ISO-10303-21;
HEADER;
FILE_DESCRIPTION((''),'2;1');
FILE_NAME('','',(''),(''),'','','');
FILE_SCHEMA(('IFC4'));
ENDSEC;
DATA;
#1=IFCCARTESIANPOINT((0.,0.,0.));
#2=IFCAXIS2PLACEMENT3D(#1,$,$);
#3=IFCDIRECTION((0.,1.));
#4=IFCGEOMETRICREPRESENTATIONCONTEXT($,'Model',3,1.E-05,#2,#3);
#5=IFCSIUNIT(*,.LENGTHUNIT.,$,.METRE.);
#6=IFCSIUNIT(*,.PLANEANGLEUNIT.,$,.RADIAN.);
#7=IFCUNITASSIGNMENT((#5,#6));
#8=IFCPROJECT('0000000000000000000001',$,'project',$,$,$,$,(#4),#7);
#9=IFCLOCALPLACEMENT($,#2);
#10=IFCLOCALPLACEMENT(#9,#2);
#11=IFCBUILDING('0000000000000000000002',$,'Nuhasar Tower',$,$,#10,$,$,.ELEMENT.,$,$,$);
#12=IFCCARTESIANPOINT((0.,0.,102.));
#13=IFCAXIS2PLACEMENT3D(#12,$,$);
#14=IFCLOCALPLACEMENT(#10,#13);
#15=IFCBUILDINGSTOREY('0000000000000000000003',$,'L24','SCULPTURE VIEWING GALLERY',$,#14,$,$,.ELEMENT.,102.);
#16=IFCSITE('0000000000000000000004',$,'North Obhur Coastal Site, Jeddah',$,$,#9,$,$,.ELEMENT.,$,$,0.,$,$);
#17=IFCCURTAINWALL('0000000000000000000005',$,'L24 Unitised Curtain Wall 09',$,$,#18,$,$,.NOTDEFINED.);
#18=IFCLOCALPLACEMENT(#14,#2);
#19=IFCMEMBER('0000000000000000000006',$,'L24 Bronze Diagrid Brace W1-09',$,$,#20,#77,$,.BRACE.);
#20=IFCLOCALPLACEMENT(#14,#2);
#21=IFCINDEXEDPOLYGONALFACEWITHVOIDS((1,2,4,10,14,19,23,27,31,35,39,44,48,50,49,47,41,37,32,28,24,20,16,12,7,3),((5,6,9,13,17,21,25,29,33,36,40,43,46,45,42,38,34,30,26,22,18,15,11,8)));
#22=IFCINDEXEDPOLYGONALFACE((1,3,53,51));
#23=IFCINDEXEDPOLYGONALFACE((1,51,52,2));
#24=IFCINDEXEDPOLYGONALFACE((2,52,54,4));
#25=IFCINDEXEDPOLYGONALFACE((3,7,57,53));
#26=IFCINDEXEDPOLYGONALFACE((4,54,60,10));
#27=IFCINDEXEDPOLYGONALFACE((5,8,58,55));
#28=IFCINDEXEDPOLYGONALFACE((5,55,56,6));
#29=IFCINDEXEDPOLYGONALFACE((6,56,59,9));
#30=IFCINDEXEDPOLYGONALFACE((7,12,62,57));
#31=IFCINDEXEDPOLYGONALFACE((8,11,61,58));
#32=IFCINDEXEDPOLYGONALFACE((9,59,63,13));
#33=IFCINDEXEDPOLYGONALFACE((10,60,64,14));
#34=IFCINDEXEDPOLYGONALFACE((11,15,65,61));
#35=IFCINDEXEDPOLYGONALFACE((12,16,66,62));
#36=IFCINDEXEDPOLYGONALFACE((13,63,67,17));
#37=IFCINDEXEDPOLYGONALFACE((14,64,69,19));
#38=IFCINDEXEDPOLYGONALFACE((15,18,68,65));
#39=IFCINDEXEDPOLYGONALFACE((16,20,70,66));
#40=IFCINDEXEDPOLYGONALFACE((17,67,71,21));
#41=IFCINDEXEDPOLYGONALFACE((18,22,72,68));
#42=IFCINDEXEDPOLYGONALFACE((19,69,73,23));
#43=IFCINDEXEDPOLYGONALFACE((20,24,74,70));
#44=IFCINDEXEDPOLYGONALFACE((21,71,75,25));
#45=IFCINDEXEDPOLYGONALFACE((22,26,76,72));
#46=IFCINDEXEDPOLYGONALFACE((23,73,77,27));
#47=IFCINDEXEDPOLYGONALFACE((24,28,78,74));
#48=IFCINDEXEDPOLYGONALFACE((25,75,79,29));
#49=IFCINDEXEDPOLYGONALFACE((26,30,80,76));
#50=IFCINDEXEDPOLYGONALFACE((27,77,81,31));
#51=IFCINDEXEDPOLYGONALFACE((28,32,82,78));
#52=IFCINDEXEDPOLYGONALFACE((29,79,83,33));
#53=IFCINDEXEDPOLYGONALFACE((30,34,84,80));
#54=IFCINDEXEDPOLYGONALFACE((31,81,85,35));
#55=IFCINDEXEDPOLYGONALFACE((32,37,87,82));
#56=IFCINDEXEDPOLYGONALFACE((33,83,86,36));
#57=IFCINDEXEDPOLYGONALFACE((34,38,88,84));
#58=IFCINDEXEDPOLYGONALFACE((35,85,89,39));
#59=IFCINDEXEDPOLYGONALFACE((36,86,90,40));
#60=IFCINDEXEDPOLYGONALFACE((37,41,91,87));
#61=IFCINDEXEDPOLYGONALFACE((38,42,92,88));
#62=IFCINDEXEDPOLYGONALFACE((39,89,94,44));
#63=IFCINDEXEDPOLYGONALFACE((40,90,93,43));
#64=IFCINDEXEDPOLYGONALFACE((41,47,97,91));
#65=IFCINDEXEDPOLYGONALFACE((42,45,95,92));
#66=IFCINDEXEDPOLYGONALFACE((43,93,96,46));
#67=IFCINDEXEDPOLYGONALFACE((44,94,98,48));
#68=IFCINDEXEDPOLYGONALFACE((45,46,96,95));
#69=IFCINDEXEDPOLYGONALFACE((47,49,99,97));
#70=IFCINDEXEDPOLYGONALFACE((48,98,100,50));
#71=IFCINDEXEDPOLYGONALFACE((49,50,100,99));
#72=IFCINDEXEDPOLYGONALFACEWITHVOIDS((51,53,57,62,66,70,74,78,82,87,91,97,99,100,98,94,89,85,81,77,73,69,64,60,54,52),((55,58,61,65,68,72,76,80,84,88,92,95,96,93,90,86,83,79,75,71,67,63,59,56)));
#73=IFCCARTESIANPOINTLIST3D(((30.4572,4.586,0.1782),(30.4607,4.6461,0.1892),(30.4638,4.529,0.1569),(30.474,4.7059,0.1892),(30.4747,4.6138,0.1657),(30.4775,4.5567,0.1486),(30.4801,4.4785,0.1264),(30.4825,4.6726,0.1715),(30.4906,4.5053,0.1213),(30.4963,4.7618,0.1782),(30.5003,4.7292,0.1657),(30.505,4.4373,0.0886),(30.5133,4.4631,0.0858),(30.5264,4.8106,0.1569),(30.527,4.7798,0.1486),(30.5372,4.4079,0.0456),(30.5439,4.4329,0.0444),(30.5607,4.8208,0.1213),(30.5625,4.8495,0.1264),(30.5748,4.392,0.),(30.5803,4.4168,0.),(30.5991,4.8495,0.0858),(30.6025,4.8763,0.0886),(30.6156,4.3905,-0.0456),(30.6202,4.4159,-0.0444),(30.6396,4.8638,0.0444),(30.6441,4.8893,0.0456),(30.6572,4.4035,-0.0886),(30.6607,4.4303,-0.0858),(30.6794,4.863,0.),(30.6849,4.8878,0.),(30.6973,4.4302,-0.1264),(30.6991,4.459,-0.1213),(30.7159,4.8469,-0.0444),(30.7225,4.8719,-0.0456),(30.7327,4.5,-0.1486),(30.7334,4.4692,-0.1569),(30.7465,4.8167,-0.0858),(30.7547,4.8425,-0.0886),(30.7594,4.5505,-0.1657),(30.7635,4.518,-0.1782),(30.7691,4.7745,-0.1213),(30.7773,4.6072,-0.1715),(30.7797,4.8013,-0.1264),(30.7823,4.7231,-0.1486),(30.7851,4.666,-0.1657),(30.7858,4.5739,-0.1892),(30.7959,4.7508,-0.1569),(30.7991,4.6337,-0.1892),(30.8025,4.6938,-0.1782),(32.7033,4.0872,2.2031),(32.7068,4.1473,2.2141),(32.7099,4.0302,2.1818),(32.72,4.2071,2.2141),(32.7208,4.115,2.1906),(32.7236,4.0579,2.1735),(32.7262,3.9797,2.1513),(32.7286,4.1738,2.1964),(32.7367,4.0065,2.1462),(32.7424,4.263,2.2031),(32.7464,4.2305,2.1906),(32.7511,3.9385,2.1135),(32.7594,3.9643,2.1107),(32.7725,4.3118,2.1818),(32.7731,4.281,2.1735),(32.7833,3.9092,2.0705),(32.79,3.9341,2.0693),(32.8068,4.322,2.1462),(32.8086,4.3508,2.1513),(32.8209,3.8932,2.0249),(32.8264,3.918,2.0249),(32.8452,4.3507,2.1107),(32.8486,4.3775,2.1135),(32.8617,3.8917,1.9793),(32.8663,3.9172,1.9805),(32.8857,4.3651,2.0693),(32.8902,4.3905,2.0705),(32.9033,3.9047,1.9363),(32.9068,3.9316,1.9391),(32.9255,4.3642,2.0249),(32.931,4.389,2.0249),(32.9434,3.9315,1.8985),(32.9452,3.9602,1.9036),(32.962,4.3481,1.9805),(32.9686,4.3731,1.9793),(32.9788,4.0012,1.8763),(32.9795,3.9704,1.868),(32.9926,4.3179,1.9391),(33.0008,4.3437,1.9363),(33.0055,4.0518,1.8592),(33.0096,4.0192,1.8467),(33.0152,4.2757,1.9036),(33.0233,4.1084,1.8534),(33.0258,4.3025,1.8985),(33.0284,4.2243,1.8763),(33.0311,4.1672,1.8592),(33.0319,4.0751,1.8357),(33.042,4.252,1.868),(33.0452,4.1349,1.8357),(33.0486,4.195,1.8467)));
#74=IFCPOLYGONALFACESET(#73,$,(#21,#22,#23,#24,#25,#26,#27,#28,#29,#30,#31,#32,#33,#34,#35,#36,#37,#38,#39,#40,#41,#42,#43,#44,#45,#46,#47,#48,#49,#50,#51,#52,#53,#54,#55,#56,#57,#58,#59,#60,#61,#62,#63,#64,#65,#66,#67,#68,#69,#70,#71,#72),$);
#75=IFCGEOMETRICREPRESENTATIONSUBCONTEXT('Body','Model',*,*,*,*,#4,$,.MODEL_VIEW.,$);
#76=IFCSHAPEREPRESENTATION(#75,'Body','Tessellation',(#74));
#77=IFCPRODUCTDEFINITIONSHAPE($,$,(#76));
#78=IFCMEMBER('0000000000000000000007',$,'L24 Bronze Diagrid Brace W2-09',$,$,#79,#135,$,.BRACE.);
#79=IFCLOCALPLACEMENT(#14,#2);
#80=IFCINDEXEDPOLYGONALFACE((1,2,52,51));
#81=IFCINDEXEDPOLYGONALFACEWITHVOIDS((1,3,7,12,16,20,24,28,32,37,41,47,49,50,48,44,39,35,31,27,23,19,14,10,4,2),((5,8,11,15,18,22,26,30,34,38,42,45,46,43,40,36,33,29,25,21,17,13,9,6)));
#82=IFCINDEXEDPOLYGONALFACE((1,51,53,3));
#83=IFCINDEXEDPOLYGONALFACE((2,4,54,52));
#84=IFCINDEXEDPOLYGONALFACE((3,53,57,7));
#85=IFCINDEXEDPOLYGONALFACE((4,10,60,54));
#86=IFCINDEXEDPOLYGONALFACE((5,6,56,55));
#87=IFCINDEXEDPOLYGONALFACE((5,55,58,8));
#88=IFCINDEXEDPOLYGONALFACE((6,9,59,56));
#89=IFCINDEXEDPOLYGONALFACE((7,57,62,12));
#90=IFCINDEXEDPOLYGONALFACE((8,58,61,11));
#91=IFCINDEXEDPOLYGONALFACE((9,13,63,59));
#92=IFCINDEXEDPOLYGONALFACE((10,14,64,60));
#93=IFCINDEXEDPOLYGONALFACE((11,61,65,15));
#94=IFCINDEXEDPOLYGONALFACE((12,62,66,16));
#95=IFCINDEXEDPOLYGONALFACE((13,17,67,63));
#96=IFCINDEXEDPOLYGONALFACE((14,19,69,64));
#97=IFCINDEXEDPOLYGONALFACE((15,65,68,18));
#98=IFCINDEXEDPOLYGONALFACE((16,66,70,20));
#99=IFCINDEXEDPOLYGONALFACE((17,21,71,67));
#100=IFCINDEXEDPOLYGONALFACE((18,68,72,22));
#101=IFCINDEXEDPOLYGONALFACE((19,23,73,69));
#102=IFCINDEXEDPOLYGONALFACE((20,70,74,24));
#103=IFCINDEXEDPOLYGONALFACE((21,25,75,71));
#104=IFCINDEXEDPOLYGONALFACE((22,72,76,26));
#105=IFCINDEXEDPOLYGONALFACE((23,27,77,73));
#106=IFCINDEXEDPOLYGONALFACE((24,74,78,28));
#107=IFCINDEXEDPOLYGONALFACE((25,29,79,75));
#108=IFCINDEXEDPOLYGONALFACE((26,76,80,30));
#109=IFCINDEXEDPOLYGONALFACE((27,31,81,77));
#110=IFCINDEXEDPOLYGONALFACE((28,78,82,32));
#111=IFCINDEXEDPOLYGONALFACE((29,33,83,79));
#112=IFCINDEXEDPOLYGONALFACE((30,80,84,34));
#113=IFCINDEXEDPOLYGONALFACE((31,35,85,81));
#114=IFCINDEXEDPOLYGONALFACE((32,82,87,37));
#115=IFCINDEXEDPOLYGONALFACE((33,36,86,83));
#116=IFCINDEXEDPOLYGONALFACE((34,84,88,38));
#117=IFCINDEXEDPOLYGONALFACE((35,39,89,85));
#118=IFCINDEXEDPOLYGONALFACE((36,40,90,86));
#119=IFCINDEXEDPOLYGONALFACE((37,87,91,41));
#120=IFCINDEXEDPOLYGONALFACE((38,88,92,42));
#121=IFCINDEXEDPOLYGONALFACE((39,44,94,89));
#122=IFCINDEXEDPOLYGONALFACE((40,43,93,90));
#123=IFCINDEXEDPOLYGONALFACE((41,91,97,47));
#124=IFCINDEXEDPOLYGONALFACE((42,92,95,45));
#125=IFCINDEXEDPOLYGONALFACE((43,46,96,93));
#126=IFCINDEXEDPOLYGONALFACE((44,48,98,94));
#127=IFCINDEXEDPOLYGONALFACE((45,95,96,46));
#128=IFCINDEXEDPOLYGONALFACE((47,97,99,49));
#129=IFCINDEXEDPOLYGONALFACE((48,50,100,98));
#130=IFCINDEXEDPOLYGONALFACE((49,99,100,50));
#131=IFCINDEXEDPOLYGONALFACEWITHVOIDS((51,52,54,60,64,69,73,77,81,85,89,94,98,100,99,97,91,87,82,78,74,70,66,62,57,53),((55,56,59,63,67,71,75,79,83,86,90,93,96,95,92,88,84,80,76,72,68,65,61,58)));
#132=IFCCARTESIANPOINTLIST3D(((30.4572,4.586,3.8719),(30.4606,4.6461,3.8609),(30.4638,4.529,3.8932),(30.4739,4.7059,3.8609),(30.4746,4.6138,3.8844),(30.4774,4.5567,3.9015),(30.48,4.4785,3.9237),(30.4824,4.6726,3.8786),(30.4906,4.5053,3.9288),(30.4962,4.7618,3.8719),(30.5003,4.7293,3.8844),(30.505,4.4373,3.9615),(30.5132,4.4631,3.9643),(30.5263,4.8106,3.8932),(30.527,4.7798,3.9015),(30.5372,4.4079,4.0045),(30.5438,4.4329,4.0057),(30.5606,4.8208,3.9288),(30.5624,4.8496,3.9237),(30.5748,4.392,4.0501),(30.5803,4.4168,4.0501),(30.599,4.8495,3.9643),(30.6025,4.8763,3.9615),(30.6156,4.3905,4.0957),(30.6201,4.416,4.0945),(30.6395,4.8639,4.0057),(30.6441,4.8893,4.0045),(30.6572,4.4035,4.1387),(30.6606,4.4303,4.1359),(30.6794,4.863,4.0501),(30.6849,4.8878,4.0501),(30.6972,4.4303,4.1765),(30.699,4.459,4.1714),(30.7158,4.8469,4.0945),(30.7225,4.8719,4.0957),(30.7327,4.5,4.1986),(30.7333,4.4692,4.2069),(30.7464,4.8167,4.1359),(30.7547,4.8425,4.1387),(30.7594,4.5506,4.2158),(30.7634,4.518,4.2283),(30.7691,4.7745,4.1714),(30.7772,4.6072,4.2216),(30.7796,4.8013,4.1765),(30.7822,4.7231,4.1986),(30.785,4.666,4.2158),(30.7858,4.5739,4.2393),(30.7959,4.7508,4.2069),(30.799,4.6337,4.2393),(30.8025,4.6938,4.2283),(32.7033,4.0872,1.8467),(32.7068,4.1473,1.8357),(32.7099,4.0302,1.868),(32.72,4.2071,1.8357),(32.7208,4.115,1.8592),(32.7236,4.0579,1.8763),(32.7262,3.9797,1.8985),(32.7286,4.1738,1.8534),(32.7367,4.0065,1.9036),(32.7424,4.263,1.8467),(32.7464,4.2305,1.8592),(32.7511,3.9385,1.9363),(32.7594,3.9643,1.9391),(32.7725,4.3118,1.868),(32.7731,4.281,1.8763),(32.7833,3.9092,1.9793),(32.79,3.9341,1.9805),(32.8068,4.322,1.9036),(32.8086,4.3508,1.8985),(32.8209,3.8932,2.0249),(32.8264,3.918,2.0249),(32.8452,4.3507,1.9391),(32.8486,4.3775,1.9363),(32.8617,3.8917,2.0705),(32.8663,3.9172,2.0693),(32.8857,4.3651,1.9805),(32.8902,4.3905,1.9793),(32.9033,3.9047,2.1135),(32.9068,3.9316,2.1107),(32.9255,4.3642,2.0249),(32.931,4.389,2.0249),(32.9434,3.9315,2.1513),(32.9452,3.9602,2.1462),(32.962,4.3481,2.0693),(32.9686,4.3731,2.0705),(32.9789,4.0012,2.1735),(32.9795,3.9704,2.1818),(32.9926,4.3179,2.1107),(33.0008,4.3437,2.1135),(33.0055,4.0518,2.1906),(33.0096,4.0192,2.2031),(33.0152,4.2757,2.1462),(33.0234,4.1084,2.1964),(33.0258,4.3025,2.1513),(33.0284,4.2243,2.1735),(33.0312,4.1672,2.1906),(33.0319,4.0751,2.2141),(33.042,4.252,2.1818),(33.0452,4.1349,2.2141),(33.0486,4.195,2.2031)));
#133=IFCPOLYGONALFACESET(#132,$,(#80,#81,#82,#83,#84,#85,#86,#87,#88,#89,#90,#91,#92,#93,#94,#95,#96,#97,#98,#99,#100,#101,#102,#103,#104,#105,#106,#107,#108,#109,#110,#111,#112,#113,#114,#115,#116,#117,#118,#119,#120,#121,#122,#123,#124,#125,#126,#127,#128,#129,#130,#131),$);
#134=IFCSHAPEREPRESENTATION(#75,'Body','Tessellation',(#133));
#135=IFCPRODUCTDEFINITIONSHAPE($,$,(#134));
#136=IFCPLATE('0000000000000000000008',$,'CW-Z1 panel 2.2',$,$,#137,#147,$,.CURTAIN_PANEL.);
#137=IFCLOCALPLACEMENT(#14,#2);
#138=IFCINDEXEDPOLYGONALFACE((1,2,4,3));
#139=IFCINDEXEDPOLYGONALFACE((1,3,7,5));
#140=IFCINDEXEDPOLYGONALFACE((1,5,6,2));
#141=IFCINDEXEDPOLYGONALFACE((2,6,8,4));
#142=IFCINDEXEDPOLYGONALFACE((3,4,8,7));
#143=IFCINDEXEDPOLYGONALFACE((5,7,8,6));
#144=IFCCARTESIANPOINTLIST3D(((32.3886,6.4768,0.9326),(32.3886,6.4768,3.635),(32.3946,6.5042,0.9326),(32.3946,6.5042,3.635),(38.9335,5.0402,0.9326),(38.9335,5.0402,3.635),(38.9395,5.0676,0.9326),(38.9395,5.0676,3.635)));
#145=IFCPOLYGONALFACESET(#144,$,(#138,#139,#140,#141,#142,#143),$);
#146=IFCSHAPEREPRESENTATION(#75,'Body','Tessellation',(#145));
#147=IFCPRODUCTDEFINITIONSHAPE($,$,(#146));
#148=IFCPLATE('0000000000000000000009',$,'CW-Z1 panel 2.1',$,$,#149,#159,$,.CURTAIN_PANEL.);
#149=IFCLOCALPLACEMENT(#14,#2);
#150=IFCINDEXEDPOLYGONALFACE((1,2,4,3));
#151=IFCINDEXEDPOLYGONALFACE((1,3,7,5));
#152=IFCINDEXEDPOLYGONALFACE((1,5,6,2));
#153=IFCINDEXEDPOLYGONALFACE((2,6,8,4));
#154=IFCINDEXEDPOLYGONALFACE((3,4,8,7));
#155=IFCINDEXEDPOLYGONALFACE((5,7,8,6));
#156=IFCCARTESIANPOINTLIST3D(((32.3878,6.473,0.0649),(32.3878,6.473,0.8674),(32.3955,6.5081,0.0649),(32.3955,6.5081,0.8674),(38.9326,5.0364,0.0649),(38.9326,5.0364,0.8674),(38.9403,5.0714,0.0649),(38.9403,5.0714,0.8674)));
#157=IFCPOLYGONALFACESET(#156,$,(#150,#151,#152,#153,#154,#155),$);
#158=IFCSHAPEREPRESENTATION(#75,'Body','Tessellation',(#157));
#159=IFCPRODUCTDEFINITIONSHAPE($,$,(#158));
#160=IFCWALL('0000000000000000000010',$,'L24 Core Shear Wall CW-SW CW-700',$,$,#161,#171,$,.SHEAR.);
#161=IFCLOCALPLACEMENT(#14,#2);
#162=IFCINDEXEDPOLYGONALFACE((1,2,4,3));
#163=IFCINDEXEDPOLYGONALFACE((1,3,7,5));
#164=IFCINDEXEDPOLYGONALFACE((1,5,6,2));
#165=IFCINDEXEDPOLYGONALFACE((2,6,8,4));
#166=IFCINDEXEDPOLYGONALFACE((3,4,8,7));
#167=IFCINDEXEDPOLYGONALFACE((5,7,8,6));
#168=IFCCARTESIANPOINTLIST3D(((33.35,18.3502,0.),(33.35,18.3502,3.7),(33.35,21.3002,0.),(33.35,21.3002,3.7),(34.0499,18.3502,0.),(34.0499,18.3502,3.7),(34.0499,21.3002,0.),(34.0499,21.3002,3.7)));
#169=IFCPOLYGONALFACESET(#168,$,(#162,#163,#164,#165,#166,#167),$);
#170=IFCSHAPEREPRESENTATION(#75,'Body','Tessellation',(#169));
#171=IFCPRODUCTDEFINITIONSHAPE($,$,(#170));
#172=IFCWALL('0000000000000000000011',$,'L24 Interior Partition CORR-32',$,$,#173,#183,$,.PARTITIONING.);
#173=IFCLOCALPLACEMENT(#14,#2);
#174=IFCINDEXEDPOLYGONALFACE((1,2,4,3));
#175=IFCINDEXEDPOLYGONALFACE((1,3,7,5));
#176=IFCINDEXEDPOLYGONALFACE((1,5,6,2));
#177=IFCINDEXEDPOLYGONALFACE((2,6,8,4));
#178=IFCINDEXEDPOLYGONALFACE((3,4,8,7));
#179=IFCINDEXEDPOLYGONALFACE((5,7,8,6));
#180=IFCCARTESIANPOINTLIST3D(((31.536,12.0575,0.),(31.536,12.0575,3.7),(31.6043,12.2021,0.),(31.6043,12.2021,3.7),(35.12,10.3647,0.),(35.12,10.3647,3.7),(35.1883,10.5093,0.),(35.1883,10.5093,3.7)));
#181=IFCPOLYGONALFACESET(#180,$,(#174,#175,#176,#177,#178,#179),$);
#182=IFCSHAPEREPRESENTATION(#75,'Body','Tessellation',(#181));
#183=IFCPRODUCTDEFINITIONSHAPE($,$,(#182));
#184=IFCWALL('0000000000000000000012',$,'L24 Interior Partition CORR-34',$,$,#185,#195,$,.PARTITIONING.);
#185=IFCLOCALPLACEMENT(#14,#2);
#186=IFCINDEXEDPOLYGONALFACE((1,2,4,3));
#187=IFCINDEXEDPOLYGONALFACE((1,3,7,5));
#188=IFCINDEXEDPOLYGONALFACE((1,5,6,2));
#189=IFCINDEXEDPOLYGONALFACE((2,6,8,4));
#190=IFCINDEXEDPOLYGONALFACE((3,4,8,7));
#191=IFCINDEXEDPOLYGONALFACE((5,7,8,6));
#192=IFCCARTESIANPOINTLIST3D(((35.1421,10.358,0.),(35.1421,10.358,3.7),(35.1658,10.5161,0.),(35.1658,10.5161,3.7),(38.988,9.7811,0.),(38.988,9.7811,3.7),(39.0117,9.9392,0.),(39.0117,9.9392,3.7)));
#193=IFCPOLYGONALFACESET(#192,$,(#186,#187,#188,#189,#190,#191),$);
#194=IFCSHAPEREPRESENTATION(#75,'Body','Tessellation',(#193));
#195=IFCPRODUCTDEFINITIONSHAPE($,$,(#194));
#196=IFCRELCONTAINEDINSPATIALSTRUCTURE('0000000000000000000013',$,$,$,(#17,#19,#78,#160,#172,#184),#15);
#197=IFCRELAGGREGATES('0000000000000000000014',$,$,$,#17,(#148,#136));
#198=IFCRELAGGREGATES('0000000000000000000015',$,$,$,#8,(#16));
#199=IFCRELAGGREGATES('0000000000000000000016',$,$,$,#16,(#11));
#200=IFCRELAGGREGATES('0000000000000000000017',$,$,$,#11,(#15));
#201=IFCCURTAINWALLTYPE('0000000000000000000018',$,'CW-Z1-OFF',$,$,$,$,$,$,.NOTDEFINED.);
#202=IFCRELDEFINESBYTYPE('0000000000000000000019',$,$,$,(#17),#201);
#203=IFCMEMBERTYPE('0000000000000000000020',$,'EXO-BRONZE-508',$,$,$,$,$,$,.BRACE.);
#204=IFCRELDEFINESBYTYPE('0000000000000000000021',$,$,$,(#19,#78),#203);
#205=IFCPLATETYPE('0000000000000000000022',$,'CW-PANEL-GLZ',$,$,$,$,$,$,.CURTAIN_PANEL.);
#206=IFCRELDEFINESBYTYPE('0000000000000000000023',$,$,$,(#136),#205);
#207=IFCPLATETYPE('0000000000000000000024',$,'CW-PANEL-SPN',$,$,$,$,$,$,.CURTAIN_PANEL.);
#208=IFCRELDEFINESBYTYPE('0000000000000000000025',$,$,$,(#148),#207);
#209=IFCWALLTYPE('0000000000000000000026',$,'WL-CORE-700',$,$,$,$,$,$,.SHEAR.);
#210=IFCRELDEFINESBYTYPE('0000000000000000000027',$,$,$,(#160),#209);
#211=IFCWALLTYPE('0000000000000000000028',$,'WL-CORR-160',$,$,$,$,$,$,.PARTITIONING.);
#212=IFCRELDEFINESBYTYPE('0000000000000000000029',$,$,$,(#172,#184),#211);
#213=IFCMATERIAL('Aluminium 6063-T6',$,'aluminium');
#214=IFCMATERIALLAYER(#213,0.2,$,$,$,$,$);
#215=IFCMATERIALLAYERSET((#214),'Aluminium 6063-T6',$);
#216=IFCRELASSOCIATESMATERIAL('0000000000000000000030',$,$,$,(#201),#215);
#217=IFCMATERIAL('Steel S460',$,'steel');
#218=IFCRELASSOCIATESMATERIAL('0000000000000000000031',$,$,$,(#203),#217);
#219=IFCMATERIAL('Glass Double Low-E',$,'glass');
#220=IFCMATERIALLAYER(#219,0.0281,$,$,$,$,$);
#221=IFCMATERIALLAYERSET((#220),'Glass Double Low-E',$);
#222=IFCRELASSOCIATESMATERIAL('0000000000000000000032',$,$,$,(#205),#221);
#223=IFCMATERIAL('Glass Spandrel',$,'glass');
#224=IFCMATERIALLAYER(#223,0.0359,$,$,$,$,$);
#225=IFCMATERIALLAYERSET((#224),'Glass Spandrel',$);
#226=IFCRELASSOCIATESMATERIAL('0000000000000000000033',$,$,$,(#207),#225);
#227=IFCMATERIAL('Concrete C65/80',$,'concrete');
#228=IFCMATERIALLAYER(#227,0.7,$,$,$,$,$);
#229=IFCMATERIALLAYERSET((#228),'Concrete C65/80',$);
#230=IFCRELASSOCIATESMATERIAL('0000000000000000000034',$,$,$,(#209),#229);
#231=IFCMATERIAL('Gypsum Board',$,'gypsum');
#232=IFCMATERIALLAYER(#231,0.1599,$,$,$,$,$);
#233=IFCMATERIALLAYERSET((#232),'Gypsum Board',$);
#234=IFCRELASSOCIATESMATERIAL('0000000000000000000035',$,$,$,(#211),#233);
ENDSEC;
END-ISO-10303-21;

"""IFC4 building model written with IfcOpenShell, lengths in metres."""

from ifc_helpers import new_model, si_unit, direction, frame, frame_2d, origin, origin_2d, place, context, subcontext, project, spatial, rectangle, hollow_circle, extrude, material, layer, layer_set, material_profile, profile_set, type_object, element, aggregate, save


model = new_model("IFC4")

# Units and contexts
model_context = context("Model", 3, precision=1e-05, world=origin(), true_north=direction((0.0, 1.0)))
body_context = subcontext(model_context, "Body", "Model", "MODEL_VIEW")
ifc_project = project(units=[si_unit("LENGTHUNIT", "METRE"), si_unit("PLANEANGLEUNIT", "RADIAN")], contexts=[model_context])

# Site, building, storey
site_placement = place(None, origin())
site = spatial("IfcSite", under=ifc_project, at=site_placement, Name="North Obhur Coastal Site, Jeddah", CompositionType="ELEMENT", RefElevation=0.0)
building_placement = place(site_placement, origin())
building = spatial("IfcBuilding", under=site, at=building_placement, Name="Nuhasar Tower", CompositionType="ELEMENT")
storey_placement = place(building_placement, frame((0.0, 0.0, 102.0)))
storey = spatial("IfcBuildingStorey", under=building, at=storey_placement, Name="L24", Description="SCULPTURE VIEWING GALLERY", CompositionType="ELEMENT", Elevation=102.0)

# Curtain wall
ifc_material_1 = material(Name="Aluminium 6063-T6", Category="aluminium")
ifc_layer_1 = layer(ifc_material_1, 0.2)
ifc_layer_set_1 = layer_set([ifc_layer_1], Name="Aluminium 6063-T6")
curtain_wall_type = type_object("IfcCurtainWallType", Name="CW-Z1-OFF", PredefinedType="NOTDEFINED", material=ifc_layer_set_1)
curtain_wall_placement = place(storey_placement, origin())
curtain_wall = element("IfcCurtainWall", 1, at=curtain_wall_placement, inside=storey, type_object=curtain_wall_type, Name="L24 Unitised Curtain Wall 09", PredefinedType="NOTDEFINED")

# Members
ifc_material_2 = material(Name="Steel S460", Category="steel")
ifc_material_profile_1 = material_profile(ifc_material_2, hollow_circle(Radius=0.2539, WallThickness=0.0254, at=origin_2d()), Name="HSS508X25.4")
ifc_profile_set_1 = profile_set([ifc_material_profile_1], Name="Steel S460")
member_type_1 = type_object("IfcMemberType", Name="EXO-BRONZE-508", PredefinedType="BRACE", material=ifc_profile_set_1)
member_1_placement = place(storey_placement, frame((30.6299, 4.6399, 0.0), z_axis=(0.732831, -0.162736, 0.660663), x_axis=(0.216784, 0.97622, 0.0)))
element("IfcMember", 2, at=member_1_placement, inside=storey, type_object=member_type_1, Name="L24 Bronze Diagrid Brace W1-09", PredefinedType="BRACE", context=body_context, shape_type="SweptSolid", body=[
    extrude(hollow_circle(Radius=0.2539, WallThickness=0.0254, at=origin_2d()), origin(), (0.0, 0.0, 1.0), 3.0649),
])
member_2_placement = place(storey_placement, frame((32.876, 4.1411, 2.0249), z_axis=(-0.732792, 0.162728, 0.660708), x_axis=(-0.216784, -0.97622, 0.0)))
element("IfcMember", 3, at=member_2_placement, inside=storey, type_object=member_type_1, Name="L24 Bronze Diagrid Brace W2-09", PredefinedType="BRACE", context=body_context, shape_type="SweptSolid", body=[
    extrude(hollow_circle(Radius=0.2539, WallThickness=0.0254, at=origin_2d()), origin(), (0.0, 0.0, 1.0), 3.0652),
])

# Plates
ifc_material_3 = material(Name="Glass Double Low-E", Category="glass")
ifc_layer_2 = layer(ifc_material_3, 0.0281)
ifc_layer_set_2 = layer_set([ifc_layer_2], Name="Glass Double Low-E")
plate_type_1 = type_object("IfcPlateType", Name="CW-PANEL-GLZ", PredefinedType="CURTAIN_PANEL", material=ifc_layer_set_2)
plate_1_placement = place(storey_placement, frame((35.6641, 5.7722, 0.9326), z_axis=(0.0, 0.0, 1.0), x_axis=(0.976746, -0.214399, 0.0)))
plate_1 = element("IfcPlate", 4, at=plate_1_placement, type_object=plate_type_1, Name="CW-Z1 panel 2.2", PredefinedType="CURTAIN_PANEL", context=body_context, shape_type="SweptSolid", body=[
    extrude(rectangle(XDim=6.7007, YDim=0.0281, at=origin_2d()), origin(), (0.0, 0.0, 1.0), 2.7024),
])
ifc_material_4 = material(Name="Glass Spandrel", Category="glass")
ifc_layer_3 = layer(ifc_material_4, 0.0359)
ifc_layer_set_3 = layer_set([ifc_layer_3], Name="Glass Spandrel")
plate_type_2 = type_object("IfcPlateType", Name="CW-PANEL-SPN", PredefinedType="CURTAIN_PANEL", material=ifc_layer_set_3)
plate_2_placement = place(storey_placement, frame((35.6641, 5.7722, 0.0649), z_axis=(0.0, 0.0, 1.0), x_axis=(0.976746, -0.214399, 0.0)))
plate_2 = element("IfcPlate", 5, at=plate_2_placement, type_object=plate_type_2, Name="CW-Z1 panel 2.1", PredefinedType="CURTAIN_PANEL", context=body_context, shape_type="SweptSolid", body=[
    extrude(rectangle(XDim=6.7007, YDim=0.0359, at=origin_2d()), origin(), (0.0, 0.0, 1.0), 0.8025),
])
aggregate(curtain_wall, [plate_2, plate_1])

# Walls
ifc_material_5 = material(Name="Concrete C65/80", Category="concrete")
ifc_layer_4 = layer(ifc_material_5, 0.7)
ifc_layer_set_4 = layer_set([ifc_layer_4], Name="Concrete C65/80")
wall_type_1 = type_object("IfcWallType", Name="WL-CORE-700", PredefinedType="SHEAR", material=ifc_layer_set_4)
wall_1_placement = place(storey_placement, frame((33.7, 18.3501, 0.0), z_axis=(0.0, 0.0, 1.0), x_axis=(0.0, 1.0, 0.0)))
element("IfcWall", 6, at=wall_1_placement, inside=storey, type_object=wall_type_1, Name="L24 Core Shear Wall CW-SW CW-700", PredefinedType="SHEAR", context=body_context, shape_type="SweptSolid", body=[
    extrude(rectangle(XDim=2.95, YDim=0.7, at=frame_2d((1.4751, 0.0))), origin(), (0.0, 0.0, 1.0), 3.7),
])
ifc_material_6 = material(Name="Gypsum Board", Category="gypsum")
ifc_layer_5 = layer(ifc_material_6, 0.1599)
ifc_layer_set_5 = layer_set([ifc_layer_5], Name="Gypsum Board")
wall_type_2 = type_object("IfcWallType", Name="WL-CORR-160", PredefinedType="PARTITIONING", material=ifc_layer_set_5)
wall_2_placement = place(storey_placement, frame((31.5701, 12.1299, 0.0), z_axis=(0.0, 0.0, 1.0), x_axis=(0.904206, -0.427096, 0.0)))
element("IfcWall", 7, at=wall_2_placement, inside=storey, type_object=wall_type_2, Name="L24 Interior Partition CORR-32", PredefinedType="PARTITIONING", context=body_context, shape_type="SweptSolid", body=[
    extrude(rectangle(XDim=3.9636, YDim=0.1599, at=frame_2d((1.9819, 0.0))), origin(), (0.0, 0.0, 1.0), 3.7),
])
wall_3_placement = place(storey_placement, frame((35.1541, 10.437, 0.0), z_axis=(0.0, 0.0, 1.0), x_axis=(0.988936, -0.148344, 0.0)))
element("IfcWall", 8, at=wall_3_placement, inside=storey, type_object=wall_type_2, Name="L24 Interior Partition CORR-34", PredefinedType="PARTITIONING", context=body_context, shape_type="SweptSolid", body=[
    extrude(rectangle(XDim=3.8889, YDim=0.1599, at=frame_2d((1.9443, 0.0))), origin(), (0.0, 0.0, 1.0), 3.7),
])

save(model, "model.ifc")
